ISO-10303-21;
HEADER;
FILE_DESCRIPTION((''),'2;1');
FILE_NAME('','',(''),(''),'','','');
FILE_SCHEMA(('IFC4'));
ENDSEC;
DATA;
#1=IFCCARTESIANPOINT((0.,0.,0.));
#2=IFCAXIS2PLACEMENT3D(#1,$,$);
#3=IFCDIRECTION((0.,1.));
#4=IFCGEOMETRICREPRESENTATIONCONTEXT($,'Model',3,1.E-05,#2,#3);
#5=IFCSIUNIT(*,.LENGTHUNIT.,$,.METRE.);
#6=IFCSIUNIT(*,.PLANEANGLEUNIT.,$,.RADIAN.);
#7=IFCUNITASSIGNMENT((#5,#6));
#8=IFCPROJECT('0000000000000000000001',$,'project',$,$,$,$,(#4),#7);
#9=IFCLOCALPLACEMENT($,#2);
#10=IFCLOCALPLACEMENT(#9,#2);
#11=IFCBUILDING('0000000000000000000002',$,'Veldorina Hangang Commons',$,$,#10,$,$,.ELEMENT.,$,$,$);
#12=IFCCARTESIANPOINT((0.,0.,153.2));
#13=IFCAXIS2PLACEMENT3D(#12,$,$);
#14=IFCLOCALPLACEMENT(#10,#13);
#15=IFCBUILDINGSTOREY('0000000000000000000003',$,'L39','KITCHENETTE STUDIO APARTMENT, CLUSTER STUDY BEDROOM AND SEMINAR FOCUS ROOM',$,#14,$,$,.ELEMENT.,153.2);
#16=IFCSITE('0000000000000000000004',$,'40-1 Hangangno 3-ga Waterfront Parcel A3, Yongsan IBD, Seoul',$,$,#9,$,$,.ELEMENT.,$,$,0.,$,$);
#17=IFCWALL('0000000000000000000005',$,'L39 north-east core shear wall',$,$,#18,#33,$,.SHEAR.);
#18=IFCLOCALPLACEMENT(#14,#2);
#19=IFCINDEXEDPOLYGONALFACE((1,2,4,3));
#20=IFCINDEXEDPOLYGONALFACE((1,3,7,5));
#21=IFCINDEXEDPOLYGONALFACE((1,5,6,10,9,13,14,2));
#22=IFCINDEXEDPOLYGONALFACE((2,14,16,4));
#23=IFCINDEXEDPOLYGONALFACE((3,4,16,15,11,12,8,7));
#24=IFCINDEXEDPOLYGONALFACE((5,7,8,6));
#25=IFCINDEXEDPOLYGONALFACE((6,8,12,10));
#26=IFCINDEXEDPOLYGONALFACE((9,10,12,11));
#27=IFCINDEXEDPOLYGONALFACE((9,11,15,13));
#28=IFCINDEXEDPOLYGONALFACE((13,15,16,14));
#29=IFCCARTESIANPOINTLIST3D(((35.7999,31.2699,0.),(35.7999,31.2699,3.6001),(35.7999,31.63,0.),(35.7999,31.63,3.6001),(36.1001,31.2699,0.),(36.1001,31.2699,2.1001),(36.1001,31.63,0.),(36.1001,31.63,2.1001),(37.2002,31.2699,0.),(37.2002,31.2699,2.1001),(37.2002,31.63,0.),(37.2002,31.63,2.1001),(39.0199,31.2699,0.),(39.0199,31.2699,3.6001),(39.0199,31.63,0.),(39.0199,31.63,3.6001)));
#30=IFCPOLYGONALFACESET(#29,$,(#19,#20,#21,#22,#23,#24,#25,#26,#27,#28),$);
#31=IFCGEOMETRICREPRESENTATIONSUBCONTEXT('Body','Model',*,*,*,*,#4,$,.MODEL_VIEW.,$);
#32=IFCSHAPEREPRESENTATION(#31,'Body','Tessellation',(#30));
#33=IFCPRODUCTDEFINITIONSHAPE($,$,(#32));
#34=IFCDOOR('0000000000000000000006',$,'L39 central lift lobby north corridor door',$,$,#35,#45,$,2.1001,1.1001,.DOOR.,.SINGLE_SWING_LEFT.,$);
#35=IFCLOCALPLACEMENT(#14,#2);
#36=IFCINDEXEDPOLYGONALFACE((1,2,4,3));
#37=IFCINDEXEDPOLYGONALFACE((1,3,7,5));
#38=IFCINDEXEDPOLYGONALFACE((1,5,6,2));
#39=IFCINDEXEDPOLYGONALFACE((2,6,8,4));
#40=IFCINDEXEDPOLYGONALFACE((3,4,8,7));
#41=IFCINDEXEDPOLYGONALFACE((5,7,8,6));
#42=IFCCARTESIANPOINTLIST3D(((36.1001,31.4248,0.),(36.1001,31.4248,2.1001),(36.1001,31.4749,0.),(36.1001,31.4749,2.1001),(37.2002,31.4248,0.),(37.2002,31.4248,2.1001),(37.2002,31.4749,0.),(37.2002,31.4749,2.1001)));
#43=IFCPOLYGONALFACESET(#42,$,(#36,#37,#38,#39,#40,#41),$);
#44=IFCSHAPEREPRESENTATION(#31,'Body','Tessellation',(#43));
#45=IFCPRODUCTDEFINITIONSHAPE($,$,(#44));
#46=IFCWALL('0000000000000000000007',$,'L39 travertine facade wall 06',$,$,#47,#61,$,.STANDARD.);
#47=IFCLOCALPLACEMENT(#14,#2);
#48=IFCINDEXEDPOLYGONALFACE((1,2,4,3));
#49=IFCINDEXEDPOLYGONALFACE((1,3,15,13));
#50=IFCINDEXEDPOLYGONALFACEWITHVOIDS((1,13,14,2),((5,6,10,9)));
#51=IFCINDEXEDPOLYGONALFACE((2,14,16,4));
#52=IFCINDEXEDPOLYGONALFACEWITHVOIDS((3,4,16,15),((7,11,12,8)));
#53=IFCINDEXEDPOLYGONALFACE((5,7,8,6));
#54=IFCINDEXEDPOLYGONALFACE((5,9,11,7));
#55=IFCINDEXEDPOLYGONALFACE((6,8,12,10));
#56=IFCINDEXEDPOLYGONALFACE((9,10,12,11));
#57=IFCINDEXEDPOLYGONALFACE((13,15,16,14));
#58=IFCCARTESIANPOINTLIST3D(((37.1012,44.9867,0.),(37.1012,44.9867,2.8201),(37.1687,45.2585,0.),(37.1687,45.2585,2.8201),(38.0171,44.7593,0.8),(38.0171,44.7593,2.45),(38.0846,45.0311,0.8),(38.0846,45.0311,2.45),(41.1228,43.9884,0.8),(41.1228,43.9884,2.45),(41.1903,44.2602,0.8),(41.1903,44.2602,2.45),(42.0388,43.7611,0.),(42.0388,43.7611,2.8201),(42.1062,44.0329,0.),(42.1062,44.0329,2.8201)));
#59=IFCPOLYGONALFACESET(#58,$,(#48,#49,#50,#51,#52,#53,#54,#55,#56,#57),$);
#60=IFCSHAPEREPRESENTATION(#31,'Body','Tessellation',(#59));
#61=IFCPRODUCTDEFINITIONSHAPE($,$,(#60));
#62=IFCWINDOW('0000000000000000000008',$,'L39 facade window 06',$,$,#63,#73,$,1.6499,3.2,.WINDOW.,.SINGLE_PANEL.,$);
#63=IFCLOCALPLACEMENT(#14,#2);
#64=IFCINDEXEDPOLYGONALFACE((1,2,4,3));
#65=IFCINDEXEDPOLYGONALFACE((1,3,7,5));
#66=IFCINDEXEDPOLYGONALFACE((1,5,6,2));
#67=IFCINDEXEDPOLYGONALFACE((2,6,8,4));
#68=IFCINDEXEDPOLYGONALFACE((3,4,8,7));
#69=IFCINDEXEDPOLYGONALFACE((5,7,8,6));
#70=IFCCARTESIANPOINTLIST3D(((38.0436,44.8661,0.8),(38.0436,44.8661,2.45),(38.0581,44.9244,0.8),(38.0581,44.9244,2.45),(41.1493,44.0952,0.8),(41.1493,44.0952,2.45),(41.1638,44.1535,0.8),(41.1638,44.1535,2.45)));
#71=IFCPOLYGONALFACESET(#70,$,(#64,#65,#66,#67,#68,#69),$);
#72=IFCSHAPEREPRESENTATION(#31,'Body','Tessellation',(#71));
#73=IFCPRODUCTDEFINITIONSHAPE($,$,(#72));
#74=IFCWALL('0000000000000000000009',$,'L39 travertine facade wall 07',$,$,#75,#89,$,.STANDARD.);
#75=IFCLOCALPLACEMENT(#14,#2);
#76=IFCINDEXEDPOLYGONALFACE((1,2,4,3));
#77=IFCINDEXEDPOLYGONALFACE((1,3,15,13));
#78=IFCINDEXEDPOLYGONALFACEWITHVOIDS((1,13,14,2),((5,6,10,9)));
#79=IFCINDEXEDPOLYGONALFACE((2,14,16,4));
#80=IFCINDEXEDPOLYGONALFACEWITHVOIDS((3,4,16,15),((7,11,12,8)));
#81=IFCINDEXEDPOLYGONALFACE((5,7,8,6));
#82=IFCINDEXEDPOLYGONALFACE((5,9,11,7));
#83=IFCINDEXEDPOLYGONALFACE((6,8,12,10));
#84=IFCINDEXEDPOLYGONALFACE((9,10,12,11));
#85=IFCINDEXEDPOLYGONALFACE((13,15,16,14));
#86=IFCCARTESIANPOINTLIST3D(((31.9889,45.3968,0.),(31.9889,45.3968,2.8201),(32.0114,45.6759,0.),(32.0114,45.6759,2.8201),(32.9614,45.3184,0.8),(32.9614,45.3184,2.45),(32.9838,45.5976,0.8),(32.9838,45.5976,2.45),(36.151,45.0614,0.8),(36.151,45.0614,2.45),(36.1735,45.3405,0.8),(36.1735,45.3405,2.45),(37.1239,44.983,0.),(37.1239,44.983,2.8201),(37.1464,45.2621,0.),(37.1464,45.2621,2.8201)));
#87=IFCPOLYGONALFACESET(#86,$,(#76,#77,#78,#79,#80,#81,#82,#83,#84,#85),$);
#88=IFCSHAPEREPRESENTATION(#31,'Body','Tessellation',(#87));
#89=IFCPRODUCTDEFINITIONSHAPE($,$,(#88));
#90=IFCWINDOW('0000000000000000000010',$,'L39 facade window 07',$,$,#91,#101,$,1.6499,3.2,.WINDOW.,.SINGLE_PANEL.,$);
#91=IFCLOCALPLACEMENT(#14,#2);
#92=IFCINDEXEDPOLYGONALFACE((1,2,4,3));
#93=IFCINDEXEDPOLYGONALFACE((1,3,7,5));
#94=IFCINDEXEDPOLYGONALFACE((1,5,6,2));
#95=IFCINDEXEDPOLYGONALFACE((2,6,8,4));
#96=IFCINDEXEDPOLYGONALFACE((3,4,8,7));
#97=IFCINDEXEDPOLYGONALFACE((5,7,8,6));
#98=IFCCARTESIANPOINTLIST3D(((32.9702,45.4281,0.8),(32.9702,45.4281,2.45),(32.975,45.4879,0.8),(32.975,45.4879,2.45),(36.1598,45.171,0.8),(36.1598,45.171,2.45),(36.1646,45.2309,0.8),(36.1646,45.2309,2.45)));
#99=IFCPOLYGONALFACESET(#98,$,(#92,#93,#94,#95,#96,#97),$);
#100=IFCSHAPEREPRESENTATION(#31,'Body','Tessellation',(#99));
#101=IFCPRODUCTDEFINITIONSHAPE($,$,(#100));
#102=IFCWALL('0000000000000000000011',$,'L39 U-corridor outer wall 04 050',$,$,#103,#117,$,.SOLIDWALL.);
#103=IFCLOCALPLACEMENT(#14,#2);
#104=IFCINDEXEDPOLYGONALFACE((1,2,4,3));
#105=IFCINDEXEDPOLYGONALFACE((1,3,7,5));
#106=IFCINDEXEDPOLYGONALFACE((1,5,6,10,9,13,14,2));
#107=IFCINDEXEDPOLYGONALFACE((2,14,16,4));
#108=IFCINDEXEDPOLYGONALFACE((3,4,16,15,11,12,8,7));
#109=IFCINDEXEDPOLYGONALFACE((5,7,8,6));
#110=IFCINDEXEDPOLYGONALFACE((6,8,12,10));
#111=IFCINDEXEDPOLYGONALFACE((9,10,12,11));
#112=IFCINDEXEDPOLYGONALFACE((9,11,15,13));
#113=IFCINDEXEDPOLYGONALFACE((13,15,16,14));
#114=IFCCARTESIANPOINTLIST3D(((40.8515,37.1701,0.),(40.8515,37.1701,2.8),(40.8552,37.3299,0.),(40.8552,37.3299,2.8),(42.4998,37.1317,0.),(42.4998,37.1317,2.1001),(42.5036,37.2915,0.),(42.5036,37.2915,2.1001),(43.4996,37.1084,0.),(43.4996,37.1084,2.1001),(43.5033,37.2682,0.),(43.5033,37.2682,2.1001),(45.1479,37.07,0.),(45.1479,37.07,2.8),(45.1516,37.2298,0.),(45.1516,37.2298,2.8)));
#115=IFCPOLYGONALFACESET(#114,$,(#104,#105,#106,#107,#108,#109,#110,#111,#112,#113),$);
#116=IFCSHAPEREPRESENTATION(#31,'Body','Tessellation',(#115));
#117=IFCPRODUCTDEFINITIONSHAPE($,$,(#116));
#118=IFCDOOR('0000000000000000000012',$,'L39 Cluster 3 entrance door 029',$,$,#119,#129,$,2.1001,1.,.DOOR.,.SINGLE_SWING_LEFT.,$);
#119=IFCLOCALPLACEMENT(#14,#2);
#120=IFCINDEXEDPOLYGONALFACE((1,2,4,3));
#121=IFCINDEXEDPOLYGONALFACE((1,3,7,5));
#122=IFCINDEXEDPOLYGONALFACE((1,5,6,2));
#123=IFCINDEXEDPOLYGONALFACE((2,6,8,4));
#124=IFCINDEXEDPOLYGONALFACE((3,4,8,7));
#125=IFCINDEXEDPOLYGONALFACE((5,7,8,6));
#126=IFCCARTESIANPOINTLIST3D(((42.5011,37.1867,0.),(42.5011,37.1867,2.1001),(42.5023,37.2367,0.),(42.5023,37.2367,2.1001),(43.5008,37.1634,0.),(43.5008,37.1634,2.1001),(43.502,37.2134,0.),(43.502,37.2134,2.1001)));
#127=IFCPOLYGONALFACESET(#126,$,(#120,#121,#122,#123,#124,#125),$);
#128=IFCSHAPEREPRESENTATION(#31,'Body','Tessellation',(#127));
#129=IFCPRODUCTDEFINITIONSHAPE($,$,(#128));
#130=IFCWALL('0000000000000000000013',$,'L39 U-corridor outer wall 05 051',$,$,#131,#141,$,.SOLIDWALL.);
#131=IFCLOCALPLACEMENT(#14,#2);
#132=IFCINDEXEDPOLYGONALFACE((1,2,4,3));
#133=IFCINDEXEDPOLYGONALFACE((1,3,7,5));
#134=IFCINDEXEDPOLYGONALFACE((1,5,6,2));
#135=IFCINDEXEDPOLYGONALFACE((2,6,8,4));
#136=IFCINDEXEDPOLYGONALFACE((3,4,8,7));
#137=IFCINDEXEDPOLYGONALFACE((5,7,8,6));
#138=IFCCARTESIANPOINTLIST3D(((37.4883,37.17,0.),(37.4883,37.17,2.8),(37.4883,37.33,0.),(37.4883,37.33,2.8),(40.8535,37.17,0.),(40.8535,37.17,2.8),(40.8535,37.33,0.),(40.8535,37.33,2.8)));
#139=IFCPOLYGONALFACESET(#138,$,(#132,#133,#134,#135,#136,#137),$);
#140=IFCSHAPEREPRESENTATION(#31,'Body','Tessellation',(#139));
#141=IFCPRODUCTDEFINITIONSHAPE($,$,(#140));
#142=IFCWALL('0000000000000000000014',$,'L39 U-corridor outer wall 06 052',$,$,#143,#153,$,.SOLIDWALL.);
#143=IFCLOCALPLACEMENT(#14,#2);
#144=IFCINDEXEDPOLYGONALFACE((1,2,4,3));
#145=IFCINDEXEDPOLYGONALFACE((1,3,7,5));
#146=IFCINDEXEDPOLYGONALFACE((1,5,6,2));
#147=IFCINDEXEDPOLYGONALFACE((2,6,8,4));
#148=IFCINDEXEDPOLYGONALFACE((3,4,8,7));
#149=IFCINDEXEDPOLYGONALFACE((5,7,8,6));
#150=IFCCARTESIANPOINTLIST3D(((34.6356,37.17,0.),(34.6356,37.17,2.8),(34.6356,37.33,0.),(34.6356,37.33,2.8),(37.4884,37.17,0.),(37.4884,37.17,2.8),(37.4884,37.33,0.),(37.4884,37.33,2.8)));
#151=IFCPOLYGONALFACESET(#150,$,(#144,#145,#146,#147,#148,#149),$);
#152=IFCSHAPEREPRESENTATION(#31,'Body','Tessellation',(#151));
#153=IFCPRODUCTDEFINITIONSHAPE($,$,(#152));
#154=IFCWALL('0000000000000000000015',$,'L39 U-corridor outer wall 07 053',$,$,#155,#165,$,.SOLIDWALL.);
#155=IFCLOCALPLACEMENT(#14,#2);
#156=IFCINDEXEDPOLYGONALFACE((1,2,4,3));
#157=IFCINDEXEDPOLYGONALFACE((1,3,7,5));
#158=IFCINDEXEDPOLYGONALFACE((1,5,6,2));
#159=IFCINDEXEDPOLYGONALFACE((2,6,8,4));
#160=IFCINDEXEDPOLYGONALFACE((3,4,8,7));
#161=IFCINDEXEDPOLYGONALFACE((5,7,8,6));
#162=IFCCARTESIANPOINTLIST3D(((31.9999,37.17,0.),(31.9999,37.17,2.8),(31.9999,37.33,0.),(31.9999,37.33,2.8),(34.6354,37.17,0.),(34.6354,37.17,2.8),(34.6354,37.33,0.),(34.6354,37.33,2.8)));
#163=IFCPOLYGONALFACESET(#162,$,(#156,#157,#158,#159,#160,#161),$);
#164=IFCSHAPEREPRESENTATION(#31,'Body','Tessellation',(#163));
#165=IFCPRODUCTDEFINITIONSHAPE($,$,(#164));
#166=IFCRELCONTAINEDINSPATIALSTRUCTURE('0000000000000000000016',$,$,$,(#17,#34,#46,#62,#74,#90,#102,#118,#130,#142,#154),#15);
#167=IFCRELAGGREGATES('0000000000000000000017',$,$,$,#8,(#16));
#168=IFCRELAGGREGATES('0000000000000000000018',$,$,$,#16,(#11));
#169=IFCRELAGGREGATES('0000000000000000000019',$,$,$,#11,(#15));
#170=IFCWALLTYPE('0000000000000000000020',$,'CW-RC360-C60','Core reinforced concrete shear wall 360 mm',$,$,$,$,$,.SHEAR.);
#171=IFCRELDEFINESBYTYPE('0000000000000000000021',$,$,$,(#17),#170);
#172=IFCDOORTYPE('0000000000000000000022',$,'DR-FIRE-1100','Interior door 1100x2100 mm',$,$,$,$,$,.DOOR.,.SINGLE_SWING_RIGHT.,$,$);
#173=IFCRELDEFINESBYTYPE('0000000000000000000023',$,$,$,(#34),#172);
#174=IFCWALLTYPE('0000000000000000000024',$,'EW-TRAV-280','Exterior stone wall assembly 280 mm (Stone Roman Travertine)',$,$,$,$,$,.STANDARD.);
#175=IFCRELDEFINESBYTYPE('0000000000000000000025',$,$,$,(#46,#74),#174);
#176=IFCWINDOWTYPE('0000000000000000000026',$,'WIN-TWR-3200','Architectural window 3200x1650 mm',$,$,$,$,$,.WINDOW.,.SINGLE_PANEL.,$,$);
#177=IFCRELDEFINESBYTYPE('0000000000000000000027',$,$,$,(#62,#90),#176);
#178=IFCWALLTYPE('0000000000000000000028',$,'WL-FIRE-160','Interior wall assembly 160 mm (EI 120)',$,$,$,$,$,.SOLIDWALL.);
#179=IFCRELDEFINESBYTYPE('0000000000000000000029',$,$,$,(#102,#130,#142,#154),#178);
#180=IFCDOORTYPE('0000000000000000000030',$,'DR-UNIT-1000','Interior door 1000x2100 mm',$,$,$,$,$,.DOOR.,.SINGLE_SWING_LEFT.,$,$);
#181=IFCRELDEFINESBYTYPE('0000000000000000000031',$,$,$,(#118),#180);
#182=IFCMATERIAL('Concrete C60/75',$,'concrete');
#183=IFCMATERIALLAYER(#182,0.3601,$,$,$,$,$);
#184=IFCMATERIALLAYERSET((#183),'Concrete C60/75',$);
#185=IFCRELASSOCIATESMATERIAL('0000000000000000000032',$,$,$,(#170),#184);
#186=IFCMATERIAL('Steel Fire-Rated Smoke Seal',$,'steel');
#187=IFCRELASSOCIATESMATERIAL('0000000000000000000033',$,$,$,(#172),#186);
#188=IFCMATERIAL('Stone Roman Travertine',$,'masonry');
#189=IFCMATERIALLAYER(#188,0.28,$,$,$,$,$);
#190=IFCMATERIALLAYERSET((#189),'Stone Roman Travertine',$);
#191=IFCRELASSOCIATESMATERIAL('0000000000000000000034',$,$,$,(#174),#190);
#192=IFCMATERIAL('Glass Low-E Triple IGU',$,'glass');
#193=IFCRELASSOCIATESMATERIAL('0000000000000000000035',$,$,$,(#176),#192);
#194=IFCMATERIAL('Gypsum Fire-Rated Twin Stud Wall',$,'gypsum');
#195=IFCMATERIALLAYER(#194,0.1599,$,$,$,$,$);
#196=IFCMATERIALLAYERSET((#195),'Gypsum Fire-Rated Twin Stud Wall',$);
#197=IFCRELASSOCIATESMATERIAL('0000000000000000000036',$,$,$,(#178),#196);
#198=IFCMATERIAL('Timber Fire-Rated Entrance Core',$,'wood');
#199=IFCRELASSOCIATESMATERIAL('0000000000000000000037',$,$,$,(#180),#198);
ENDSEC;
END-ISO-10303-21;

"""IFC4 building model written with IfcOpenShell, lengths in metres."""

from ifc_helpers import new_model, si_unit, direction, frame, frame_2d, origin, place, context, subcontext, project, spatial, rectangle, extrude, material, layer, layer_set, type_object, element, fill, save


model = new_model("IFC4")

# Units and contexts
model_context = context("Model", 3, precision=1e-05, world=origin(), true_north=direction((0.0, 1.0)))
body_context = subcontext(model_context, "Body", "Model", "MODEL_VIEW")
ifc_project = project(units=[si_unit("LENGTHUNIT", "METRE"), si_unit("PLANEANGLEUNIT", "RADIAN")], contexts=[model_context])

# Site, building, storey
site_placement = place(None, origin())
site = spatial("IfcSite", under=ifc_project, at=site_placement, Name="40-1 Hangangno 3-ga Waterfront Parcel A3, Yongsan IBD, Seoul", CompositionType="ELEMENT", RefElevation=0.0)
building_placement = place(site_placement, origin())
building = spatial("IfcBuilding", under=site, at=building_placement, Name="Veldorina Hangang Commons", CompositionType="ELEMENT")
storey_placement = place(building_placement, frame((0.0, 0.0, 153.2)))
storey = spatial("IfcBuildingStorey", under=building, at=storey_placement, Name="L39", Description="KITCHENETTE STUDIO APARTMENT, CLUSTER STUDY BEDROOM AND SEMINAR FOCUS ROOM", CompositionType="ELEMENT", Elevation=153.2)

# Wall, opening, door
ifc_material_1 = material(Name="Concrete C60/75", Category="concrete")
ifc_layer_1 = layer(ifc_material_1, 0.3601)
ifc_layer_set_1 = layer_set([ifc_layer_1], Name="Concrete C60/75")
wall_type_1 = type_object("IfcWallType", Name="CW-RC360-C60", Description="Core reinforced concrete shear wall 360 mm", PredefinedType="SHEAR", material=ifc_layer_set_1)
wall_1_placement = place(storey_placement, frame((35.8, 31.45, 0.0), z_axis=(0.0, 0.0, 1.0), x_axis=(1.0, 0.0, 0.0)))
wall_1 = element("IfcWall", 1, at=wall_1_placement, inside=storey, type_object=wall_type_1, Name="L39 north-east core shear wall", PredefinedType="SHEAR", context=body_context, shape_type="SweptSolid", body=[
    extrude(rectangle(XDim=3.22, YDim=0.3601, at=frame_2d((1.6099, 0.0))), origin(), (0.0, 0.0, 1.0), 3.6001),
])
opening_1_placement = place(wall_1_placement, frame((0.3, 0.0, 0.0)))
opening_1 = element("IfcOpeningElement", 2, at=opening_1_placement, cuts=wall_1, PredefinedType="OPENING", context=body_context, shape_type="SweptSolid", body=[
    extrude(rectangle(XDim=1.1001, YDim=2.1001, at=frame_2d((0.55, 1.05))), frame((0.0, 0.1899, 0.0), z_axis=(0.0, -1.0, 0.0), x_axis=(1.0, 0.0, 0.0)), (0.0, 0.0, 1.0), 0.3801),
])
ifc_material_2 = material(Name="Steel Fire-Rated Smoke Seal", Category="steel")
door_type_1 = type_object("IfcDoorType", Name="DR-FIRE-1100", Description="Interior door 1100x2100 mm", OperationType="SINGLE_SWING_RIGHT", PredefinedType="DOOR", material=ifc_material_2)
door_1_placement = place(opening_1_placement, origin())
door_1 = element("IfcDoor", 3, at=door_1_placement, inside=storey, type_object=door_type_1, Name="L39 central lift lobby north corridor door", OperationType="SINGLE_SWING_LEFT", OverallHeight=2.1001, OverallWidth=1.1001, PredefinedType="DOOR", context=body_context, shape_type="SweptSolid", body=[
    extrude(rectangle(XDim=1.1001, YDim=2.1001, at=frame_2d((0.55, 1.05))), frame((0.0, 0.0249, 0.0), z_axis=(0.0, -1.0, 0.0), x_axis=(1.0, 0.0, 0.0)), (0.0, 0.0, 1.0), 0.05),
])
fill(opening_1, door_1)

# Walls, openings, windows
ifc_material_3 = material(Name="Stone Roman Travertine", Category="masonry")
ifc_layer_2 = layer(ifc_material_3, 0.28)
ifc_layer_set_2 = layer_set([ifc_layer_2], Name="Stone Roman Travertine")
wall_type_2 = type_object("IfcWallType", Name="EW-TRAV-280", Description="Exterior stone wall assembly 280 mm (Stone Roman Travertine)", PredefinedType="STANDARD", material=ifc_layer_set_2)
wall_2_placement = place(storey_placement, frame((42.0725, 43.897, 0.0), z_axis=(0.0, 0.0, 1.0), x_axis=(-0.970548, 0.240909, 0.0)))
wall_2 = element("IfcWall", 4, at=wall_2_placement, inside=storey, type_object=wall_type_2, Name="L39 travertine facade wall 06", PredefinedType="STANDARD", context=body_context, shape_type="SweptSolid", body=[
    extrude(rectangle(XDim=5.0874, YDim=0.28, at=frame_2d((2.5437, 0.0))), origin(), (0.0, 0.0, 1.0), 2.8201),
])
opening_2_placement = place(wall_2_placement, frame((0.9436, 0.0, 0.8)))
opening_2 = element("IfcOpeningElement", 5, at=opening_2_placement, cuts=wall_2, PredefinedType="OPENING", context=body_context, shape_type="SweptSolid", body=[
    extrude(rectangle(XDim=3.2, YDim=1.6499, at=frame_2d((1.6001, 0.825))), frame((0.0, 0.1499, 0.0), z_axis=(0.0, -1.0, 0.0), x_axis=(1.0, 0.0, 0.0)), (0.0, 0.0, 1.0), 0.3),
])
ifc_material_4 = material(Name="Glass Low-E Triple IGU", Category="glass")
window_type = type_object("IfcWindowType", Name="WIN-TWR-3200", Description="Architectural window 3200x1650 mm", PartitioningType="SINGLE_PANEL", PredefinedType="WINDOW", material=ifc_material_4)
window_1_placement = place(opening_2_placement, origin())
window_1 = element("IfcWindow", 6, at=window_1_placement, inside=storey, type_object=window_type, Name="L39 facade window 06", OverallHeight=1.6499, OverallWidth=3.2, PartitioningType="SINGLE_PANEL", PredefinedType="WINDOW", context=body_context, shape_type="SweptSolid", body=[
    extrude(rectangle(XDim=3.2, YDim=1.6499, at=frame_2d((1.6001, 0.825))), frame((0.0, 0.03, 0.0), z_axis=(0.0, -1.0, 0.0), x_axis=(1.0, 0.0, 0.0)), (0.0, 0.0, 1.0), 0.0601),
])
fill(opening_2, window_1)
wall_3_placement = place(storey_placement, frame((37.135, 45.1226, 0.0), z_axis=(0.0, 0.0, 1.0), x_axis=(-0.996769, 0.080327, 0.0)))
wall_3 = element("IfcWall", 7, at=wall_3_placement, inside=storey, type_object=wall_type_2, Name="L39 travertine facade wall 07", PredefinedType="STANDARD", context=body_context, shape_type="SweptSolid", body=[
    extrude(rectangle(XDim=5.1516, YDim=0.28, at=frame_2d((2.5757, 0.0))), origin(), (0.0, 0.0, 1.0), 2.8201),
])
opening_3_placement = place(wall_3_placement, frame((0.9758, 0.0, 0.8)))
opening_3 = element("IfcOpeningElement", 8, at=opening_3_placement, cuts=wall_3, PredefinedType="OPENING", context=body_context, shape_type="SweptSolid", body=[
    extrude(rectangle(XDim=3.2, YDim=1.6499, at=frame_2d((1.6001, 0.825))), frame((0.0, 0.1499, 0.0), z_axis=(0.0, -1.0, 0.0), x_axis=(1.0, 0.0, 0.0)), (0.0, 0.0, 1.0), 0.3),
])
window_2_placement = place(opening_3_placement, origin())
window_2 = element("IfcWindow", 9, at=window_2_placement, inside=storey, type_object=window_type, Name="L39 facade window 07", OverallHeight=1.6499, OverallWidth=3.2, PartitioningType="SINGLE_PANEL", PredefinedType="WINDOW", context=body_context, shape_type="SweptSolid", body=[
    extrude(rectangle(XDim=3.2, YDim=1.6499, at=frame_2d((1.6001, 0.825))), frame((0.0, 0.03, 0.0), z_axis=(0.0, -1.0, 0.0), x_axis=(1.0, 0.0, 0.0)), (0.0, 0.0, 1.0), 0.0601),
])
fill(opening_3, window_2)

# Wall, opening, door
ifc_material_5 = material(Name="Gypsum Fire-Rated Twin Stud Wall", Category="gypsum")
ifc_layer_3 = layer(ifc_material_5, 0.1599)
ifc_layer_set_3 = layer_set([ifc_layer_3], Name="Gypsum Fire-Rated Twin Stud Wall")
wall_type_3 = type_object("IfcWallType", Name="WL-FIRE-160", Description="Interior wall assembly 160 mm (EI 120)", PredefinedType="SOLIDWALL", material=ifc_layer_set_3)
wall_4_placement = place(storey_placement, frame((45.1499, 37.1499, 0.0), z_axis=(0.0, 0.0, 1.0), x_axis=(-0.999729, 0.023292, 0.0)))
wall_4 = element("IfcWall", 10, at=wall_4_placement, inside=storey, type_object=wall_type_3, Name="L39 U-corridor outer wall 04 050", PredefinedType="SOLIDWALL", context=body_context, shape_type="SweptSolid", body=[
    extrude(rectangle(XDim=4.2976, YDim=0.1599, at=frame_2d((2.1489, 0.0))), origin(), (0.0, 0.0, 1.0), 2.8),
])
opening_4_placement = place(wall_4_placement, frame((1.6489, 0.0, 0.0)))
opening_4 = element("IfcOpeningElement", 11, at=opening_4_placement, cuts=wall_4, PredefinedType="OPENING", context=body_context, shape_type="SweptSolid", body=[
    extrude(rectangle(XDim=1.0, YDim=2.1001, at=frame_2d((0.5, 1.05))), frame((0.0, 0.0898, 0.0), z_axis=(0.0, -1.0, 0.0), x_axis=(1.0, 0.0, 0.0)), (0.0, 0.0, 1.0), 0.1799),
])
ifc_material_6 = material(Name="Timber Fire-Rated Entrance Core", Category="wood")
door_type_2 = type_object("IfcDoorType", Name="DR-UNIT-1000", Description="Interior door 1000x2100 mm", OperationType="SINGLE_SWING_LEFT", PredefinedType="DOOR", material=ifc_material_6)
door_2_placement = place(opening_4_placement, origin())
door_2 = element("IfcDoor", 12, at=door_2_placement, inside=storey, type_object=door_type_2, Name="L39 Cluster 3 entrance door 029", OperationType="SINGLE_SWING_LEFT", OverallHeight=2.1001, OverallWidth=1.0, PredefinedType="DOOR", context=body_context, shape_type="SweptSolid", body=[
    extrude(rectangle(XDim=1.0, YDim=2.1001, at=frame_2d((0.5, 1.05))), frame((0.0, 0.0249, 0.0), z_axis=(0.0, -1.0, 0.0), x_axis=(1.0, 0.0, 0.0)), (0.0, 0.0, 1.0), 0.05),
])
fill(opening_4, door_2)

# Walls
wall_5_placement = place(storey_placement, frame((40.8535, 37.25, 0.0), z_axis=(0.0, 0.0, 1.0), x_axis=(-1.0, 0.0, 0.0)))
element("IfcWall", 13, at=wall_5_placement, inside=storey, type_object=wall_type_3, Name="L39 U-corridor outer wall 05 051", PredefinedType="SOLIDWALL", context=body_context, shape_type="SweptSolid", body=[
    extrude(rectangle(XDim=3.3652, YDim=0.1599, at=frame_2d((1.6826, 0.0))), origin(), (0.0, 0.0, 1.0), 2.8),
])
wall_6_placement = place(storey_placement, frame((37.4883, 37.25, 0.0), z_axis=(0.0, 0.0, 1.0), x_axis=(-1.0, 0.0, 0.0)))
element("IfcWall", 14, at=wall_6_placement, inside=storey, type_object=wall_type_3, Name="L39 U-corridor outer wall 06 052", PredefinedType="SOLIDWALL", context=body_context, shape_type="SweptSolid", body=[
    extrude(rectangle(XDim=2.8528, YDim=0.1599, at=frame_2d((1.4263, 0.0))), origin(), (0.0, 0.0, 1.0), 2.8),
])
wall_7_placement = place(storey_placement, frame((34.6355, 37.25, 0.0), z_axis=(0.0, 0.0, 1.0), x_axis=(-1.0, 0.0, 0.0)))
element("IfcWall", 15, at=wall_7_placement, inside=storey, type_object=wall_type_3, Name="L39 U-corridor outer wall 07 053", PredefinedType="SOLIDWALL", context=body_context, shape_type="SweptSolid", body=[
    extrude(rectangle(XDim=2.6355, YDim=0.1599, at=frame_2d((1.3179, 0.0))), origin(), (0.0, 0.0, 1.0), 2.8),
])

save(model, "model.ifc")
